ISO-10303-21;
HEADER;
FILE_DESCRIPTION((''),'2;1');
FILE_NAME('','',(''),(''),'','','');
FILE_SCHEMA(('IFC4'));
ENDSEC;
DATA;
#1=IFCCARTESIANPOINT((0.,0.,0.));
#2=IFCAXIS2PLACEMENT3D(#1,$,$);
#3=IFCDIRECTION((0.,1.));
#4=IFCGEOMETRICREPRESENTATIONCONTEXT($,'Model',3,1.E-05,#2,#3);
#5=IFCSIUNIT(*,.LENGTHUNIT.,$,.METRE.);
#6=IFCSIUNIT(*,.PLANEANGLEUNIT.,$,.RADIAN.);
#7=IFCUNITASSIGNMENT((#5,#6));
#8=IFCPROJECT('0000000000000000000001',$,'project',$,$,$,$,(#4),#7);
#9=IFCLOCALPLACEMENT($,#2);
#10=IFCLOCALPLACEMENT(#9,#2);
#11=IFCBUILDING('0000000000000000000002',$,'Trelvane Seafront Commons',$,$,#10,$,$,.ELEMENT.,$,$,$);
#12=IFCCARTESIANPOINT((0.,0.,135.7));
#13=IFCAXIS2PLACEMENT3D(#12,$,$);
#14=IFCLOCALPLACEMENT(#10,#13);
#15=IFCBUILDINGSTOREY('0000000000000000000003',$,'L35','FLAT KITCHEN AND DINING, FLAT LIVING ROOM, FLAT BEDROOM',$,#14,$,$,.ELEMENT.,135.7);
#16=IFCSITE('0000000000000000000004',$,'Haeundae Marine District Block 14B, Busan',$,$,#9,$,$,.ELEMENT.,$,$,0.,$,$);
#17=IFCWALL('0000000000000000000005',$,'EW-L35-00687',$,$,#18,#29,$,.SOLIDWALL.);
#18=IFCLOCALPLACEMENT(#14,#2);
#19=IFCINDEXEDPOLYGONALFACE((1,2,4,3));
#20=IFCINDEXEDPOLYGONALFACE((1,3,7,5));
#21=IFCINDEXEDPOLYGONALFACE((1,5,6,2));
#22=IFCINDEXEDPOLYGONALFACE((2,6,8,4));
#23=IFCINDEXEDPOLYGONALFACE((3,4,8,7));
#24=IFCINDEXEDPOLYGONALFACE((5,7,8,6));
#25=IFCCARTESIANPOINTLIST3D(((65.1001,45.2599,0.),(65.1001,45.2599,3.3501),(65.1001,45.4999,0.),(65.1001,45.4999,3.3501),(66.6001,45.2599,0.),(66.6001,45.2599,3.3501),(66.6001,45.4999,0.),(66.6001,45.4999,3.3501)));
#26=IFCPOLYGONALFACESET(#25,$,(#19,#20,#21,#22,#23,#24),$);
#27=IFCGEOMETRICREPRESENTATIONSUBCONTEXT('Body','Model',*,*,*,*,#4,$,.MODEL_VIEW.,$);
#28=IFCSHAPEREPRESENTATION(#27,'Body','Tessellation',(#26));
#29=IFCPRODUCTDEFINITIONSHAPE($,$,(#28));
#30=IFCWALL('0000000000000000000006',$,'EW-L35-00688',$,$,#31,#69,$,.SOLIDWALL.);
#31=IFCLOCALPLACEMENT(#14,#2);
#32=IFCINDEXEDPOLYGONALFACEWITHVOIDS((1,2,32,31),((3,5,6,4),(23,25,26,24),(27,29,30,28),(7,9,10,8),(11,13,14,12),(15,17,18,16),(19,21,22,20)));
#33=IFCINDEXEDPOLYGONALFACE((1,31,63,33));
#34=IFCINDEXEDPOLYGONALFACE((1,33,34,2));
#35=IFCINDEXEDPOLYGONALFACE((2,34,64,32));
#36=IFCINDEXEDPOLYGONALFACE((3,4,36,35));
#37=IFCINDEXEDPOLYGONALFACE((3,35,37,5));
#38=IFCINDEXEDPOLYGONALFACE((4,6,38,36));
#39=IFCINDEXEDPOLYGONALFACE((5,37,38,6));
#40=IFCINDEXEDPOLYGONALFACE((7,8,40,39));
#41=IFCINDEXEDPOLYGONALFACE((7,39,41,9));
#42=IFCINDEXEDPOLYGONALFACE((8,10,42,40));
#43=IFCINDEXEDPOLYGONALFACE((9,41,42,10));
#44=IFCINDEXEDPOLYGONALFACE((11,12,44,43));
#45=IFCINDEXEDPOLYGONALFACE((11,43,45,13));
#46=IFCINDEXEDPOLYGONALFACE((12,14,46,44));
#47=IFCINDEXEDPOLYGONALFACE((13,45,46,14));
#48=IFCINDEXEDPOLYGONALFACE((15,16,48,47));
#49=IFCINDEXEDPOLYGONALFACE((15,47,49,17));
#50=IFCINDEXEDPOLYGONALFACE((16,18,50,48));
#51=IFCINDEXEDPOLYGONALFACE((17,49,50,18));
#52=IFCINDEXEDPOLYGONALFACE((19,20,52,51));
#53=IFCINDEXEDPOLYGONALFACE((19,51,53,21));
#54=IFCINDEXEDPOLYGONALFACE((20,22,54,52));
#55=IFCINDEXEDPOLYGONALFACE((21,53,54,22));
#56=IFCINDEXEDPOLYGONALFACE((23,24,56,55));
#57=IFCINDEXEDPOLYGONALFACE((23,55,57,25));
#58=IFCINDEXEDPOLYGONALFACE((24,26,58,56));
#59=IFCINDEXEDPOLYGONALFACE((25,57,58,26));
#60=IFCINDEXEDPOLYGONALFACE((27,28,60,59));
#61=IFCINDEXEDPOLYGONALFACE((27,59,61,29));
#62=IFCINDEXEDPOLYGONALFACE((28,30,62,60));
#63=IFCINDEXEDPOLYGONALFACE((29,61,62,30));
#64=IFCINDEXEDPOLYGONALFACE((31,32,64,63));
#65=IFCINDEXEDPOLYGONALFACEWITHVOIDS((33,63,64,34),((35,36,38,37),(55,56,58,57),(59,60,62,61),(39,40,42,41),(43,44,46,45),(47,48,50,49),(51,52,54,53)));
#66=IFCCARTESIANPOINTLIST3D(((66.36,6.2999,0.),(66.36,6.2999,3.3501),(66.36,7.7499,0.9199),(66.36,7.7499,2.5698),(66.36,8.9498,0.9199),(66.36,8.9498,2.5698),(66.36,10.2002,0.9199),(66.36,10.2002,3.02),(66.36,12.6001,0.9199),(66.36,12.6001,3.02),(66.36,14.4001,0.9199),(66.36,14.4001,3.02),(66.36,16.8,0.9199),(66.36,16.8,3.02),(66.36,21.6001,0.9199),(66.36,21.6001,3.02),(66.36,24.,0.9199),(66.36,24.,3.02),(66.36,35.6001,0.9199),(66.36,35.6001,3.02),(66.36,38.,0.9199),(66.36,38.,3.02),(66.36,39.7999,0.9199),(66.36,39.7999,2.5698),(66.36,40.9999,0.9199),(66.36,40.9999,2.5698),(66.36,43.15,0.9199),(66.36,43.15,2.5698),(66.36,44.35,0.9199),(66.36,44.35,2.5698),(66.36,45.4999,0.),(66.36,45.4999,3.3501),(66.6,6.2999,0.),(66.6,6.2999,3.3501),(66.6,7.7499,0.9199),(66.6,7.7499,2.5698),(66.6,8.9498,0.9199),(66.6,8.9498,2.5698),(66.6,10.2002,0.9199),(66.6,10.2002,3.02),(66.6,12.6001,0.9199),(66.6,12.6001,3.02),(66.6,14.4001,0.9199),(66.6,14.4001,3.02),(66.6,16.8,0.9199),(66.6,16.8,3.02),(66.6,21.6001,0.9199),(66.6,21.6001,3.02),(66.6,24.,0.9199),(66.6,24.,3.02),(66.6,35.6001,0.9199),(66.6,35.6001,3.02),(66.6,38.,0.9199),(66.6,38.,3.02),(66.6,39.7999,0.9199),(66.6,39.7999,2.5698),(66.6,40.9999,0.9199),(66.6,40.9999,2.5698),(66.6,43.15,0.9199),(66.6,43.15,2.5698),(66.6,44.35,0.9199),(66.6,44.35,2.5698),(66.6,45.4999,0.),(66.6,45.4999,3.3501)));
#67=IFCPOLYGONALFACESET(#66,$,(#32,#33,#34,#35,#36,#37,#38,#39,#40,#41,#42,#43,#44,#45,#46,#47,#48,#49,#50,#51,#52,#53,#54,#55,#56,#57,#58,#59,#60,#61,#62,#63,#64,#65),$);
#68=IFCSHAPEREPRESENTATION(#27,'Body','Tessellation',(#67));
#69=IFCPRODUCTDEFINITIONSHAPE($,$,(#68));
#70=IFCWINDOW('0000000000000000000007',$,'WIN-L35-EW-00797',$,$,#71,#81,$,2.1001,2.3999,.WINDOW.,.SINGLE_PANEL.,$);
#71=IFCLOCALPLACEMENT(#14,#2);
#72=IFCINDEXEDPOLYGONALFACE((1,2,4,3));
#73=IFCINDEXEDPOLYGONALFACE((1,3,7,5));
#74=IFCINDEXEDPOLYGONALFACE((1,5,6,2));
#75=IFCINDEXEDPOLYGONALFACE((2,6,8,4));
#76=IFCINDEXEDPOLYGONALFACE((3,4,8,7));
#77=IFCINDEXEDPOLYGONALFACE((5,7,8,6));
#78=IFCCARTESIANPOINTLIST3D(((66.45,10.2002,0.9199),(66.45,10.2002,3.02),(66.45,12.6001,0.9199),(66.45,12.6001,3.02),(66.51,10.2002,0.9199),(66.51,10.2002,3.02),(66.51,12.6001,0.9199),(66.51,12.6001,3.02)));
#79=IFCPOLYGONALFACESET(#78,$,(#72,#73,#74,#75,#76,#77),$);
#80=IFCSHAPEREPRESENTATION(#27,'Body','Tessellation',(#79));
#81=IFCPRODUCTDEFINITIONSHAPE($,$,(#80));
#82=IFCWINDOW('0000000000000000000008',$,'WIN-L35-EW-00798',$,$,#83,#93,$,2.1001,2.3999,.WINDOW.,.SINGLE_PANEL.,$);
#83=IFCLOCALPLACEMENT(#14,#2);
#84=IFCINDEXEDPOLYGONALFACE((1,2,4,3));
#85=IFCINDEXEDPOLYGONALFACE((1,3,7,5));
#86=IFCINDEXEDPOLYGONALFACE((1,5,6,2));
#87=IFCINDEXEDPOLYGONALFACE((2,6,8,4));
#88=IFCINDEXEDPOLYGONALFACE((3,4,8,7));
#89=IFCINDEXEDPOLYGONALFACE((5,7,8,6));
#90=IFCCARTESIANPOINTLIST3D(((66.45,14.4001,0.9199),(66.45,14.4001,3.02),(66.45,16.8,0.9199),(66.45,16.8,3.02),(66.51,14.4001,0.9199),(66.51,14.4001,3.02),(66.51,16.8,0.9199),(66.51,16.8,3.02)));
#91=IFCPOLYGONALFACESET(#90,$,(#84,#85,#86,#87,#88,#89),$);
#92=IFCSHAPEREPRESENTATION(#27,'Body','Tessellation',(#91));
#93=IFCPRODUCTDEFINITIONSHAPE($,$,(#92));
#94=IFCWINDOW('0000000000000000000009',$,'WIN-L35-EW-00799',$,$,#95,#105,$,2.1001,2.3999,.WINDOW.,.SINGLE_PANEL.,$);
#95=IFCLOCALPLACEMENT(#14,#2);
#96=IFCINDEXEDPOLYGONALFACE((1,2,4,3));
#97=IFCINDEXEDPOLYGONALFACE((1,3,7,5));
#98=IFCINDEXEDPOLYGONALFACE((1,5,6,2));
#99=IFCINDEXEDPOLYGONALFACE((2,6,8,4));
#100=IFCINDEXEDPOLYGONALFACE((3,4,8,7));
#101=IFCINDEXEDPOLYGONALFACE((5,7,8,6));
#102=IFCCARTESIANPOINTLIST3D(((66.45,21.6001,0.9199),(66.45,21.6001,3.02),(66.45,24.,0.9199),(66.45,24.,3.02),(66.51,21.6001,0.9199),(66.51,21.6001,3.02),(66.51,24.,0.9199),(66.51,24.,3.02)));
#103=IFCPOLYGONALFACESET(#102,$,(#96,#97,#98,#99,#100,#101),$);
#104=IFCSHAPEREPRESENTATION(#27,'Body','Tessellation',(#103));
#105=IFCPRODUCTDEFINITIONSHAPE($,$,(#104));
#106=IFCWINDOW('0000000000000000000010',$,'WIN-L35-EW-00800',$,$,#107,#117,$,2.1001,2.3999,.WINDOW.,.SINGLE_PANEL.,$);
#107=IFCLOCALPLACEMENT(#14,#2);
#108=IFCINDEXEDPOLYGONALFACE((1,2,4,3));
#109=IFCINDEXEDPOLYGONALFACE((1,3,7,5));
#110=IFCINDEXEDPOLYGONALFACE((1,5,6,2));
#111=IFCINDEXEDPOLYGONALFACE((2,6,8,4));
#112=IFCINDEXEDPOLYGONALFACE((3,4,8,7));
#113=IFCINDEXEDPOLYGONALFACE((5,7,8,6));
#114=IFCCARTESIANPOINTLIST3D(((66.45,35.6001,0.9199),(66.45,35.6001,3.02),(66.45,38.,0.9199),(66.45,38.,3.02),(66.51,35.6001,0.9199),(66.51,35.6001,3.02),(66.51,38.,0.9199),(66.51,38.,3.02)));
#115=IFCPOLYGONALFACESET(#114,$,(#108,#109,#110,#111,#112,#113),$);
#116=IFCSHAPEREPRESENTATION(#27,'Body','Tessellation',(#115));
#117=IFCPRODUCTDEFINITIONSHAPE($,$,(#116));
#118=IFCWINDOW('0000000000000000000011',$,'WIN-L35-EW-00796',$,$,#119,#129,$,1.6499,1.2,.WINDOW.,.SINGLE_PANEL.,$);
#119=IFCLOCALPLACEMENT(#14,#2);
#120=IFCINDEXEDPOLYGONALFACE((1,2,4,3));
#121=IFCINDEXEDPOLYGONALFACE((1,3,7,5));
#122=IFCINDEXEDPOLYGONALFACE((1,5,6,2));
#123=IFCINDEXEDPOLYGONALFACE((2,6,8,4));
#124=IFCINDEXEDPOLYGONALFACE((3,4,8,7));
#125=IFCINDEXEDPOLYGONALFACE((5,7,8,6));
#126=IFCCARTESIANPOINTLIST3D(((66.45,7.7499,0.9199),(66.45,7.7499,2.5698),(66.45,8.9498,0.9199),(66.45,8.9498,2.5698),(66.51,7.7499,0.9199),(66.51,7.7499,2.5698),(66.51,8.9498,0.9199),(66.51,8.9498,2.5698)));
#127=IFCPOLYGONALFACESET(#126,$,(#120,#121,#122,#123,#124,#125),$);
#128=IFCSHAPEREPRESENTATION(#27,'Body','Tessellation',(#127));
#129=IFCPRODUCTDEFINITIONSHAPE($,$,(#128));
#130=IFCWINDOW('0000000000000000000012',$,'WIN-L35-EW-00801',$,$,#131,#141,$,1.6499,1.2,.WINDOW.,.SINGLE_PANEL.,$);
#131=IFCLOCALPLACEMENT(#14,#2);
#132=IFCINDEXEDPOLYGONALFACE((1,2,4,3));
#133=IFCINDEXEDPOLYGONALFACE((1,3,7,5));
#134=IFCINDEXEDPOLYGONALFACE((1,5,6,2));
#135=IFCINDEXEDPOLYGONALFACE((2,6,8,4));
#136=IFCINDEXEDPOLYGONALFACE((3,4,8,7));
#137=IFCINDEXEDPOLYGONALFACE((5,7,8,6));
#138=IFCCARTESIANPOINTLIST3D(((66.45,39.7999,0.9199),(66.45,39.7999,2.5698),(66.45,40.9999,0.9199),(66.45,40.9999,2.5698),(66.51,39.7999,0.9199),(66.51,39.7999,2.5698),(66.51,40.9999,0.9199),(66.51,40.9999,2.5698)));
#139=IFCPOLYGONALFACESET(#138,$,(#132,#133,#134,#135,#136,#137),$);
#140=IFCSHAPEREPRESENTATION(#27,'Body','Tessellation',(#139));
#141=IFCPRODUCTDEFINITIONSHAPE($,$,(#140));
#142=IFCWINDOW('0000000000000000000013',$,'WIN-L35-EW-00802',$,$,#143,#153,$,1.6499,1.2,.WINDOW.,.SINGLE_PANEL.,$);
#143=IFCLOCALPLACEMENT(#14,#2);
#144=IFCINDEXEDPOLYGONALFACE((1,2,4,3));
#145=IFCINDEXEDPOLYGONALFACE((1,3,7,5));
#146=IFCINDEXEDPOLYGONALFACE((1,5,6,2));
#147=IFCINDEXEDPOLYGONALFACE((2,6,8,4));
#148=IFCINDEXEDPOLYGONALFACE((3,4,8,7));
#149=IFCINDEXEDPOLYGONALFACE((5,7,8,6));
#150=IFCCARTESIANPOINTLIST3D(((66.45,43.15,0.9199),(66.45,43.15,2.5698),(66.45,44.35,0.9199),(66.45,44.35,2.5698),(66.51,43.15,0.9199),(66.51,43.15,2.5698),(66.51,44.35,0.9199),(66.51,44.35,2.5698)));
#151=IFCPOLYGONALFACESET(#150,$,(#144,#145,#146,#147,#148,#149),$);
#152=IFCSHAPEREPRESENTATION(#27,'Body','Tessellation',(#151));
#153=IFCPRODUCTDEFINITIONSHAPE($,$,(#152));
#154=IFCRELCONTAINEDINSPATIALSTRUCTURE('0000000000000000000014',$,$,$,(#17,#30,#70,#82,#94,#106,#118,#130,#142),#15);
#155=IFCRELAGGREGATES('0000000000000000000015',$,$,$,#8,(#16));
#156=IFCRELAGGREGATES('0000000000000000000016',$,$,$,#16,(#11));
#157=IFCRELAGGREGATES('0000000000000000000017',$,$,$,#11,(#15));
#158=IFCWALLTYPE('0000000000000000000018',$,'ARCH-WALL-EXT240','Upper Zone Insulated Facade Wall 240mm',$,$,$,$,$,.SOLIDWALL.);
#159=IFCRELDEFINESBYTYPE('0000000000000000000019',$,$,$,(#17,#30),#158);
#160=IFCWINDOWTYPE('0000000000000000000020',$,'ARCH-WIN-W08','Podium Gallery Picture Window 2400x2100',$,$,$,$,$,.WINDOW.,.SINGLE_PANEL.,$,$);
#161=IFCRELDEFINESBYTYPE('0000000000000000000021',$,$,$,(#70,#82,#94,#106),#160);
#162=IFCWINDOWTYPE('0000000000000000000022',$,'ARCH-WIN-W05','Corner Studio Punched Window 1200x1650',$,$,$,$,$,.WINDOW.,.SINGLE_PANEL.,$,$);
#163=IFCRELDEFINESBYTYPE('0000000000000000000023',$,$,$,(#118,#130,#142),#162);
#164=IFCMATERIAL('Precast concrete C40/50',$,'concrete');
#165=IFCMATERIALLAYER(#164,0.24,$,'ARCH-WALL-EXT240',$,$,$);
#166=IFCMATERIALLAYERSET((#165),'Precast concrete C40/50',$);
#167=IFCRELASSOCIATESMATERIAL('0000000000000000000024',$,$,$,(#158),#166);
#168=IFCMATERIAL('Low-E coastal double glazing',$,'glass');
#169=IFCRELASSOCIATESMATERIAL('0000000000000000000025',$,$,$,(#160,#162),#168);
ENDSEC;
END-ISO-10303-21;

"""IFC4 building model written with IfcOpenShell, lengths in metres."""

from ifc_helpers import new_model, si_unit, direction, frame, frame_2d, origin, place, context, subcontext, project, spatial, rectangle, extrude, source, transform, mapped, material, layer, layer_set, type_object, element, fill, save


model = new_model("IFC4")

# Units and contexts
model_context = context("Model", 3, precision=1e-05, world=origin(), true_north=direction((0.0, 1.0)))
body_context = subcontext(model_context, "Body", "Model", "MODEL_VIEW")
ifc_project = project(units=[si_unit("LENGTHUNIT", "METRE"), si_unit("PLANEANGLEUNIT", "RADIAN")], contexts=[model_context])

# Site, building, storey
site_placement = place(None, origin())
site = spatial("IfcSite", under=ifc_project, at=site_placement, Name="Haeundae Marine District Block 14B, Busan", CompositionType="ELEMENT", RefElevation=0.0)
building_placement = place(site_placement, origin())
building = spatial("IfcBuilding", under=site, at=building_placement, Name="Trelvane Seafront Commons", CompositionType="ELEMENT")
storey_placement = place(building_placement, frame((0.0, 0.0, 135.7)))
storey = spatial("IfcBuildingStorey", under=building, at=storey_placement, Name="L35", Description="FLAT KITCHEN AND DINING, FLAT LIVING ROOM, FLAT BEDROOM", CompositionType="ELEMENT", Elevation=135.7)

# Shared definitions
ifc_material_1 = material(Name="Low-E coastal double glazing", Category="glass")

# Shared definitions
ifc_material_2 = material(Name="Precast concrete C40/50", Category="concrete")
ifc_layer_1 = layer(ifc_material_2, 0.24, Name="ARCH-WALL-EXT240")
ifc_layer_set_1 = layer_set([ifc_layer_1], Name="Precast concrete C40/50")
wall_type = type_object("IfcWallType", Name="ARCH-WALL-EXT240", Description="Upper Zone Insulated Facade Wall 240mm", PredefinedType="SOLIDWALL", material=ifc_layer_set_1)

# Wall
for number, where, z_axis, x_axis, name in (
    (1, (65.1001, 45.3799, 0.0), (0.0, 0.0, 1.0), (1.0, 0.0, 0.0), "EW-L35-00687"),
):
    element("IfcWall", number, at=place(storey_placement, frame(where, z_axis=z_axis, x_axis=x_axis)), inside=storey, type_object=wall_type, Name=name, PredefinedType="SOLIDWALL", context=body_context, shape_type="SweptSolid", body=[
        extrude(rectangle(XDim=1.5, YDim=0.24, at=frame_2d((0.75, 0.0))), origin(), (0.0, 0.0, 1.0), 3.3501),
    ])

# Wall, openings, windows
wall_1_placement = place(storey_placement, frame((66.48, 45.5, 0.0), z_axis=(0.0, 0.0, 1.0), x_axis=(0.0, -1.0, 0.0)))
wall_1 = element("IfcWall", 2, at=wall_1_placement, inside=storey, type_object=wall_type, Name="EW-L35-00688", PredefinedType="SOLIDWALL", context=body_context, shape_type="SweptSolid", body=[
    extrude(rectangle(XDim=39.2, YDim=0.24, at=frame_2d((19.6001, 0.0))), origin(), (0.0, 0.0, 1.0), 3.3501),
])
opening_1_placement = place(wall_1_placement, frame((36.55, 0.0, 0.9199)))
opening_1 = element("IfcOpeningElement", 3, at=opening_1_placement, cuts=wall_1, PredefinedType="OPENING", context=body_context, shape_type="SweptSolid", body=[
    extrude(rectangle(XDim=1.2, YDim=1.6499, at=frame_2d((0.6001, 0.825))), frame((0.0, 0.1299, 0.0), z_axis=(0.0, -1.0, 0.0), x_axis=(1.0, 0.0, 0.0)), (0.0, 0.0, 1.0), 0.26),
])
opening_2_placement = place(wall_1_placement, frame((32.8999, 0.0, 0.9199)))
opening_2 = element("IfcOpeningElement", 4, at=opening_2_placement, cuts=wall_1, PredefinedType="OPENING", context=body_context, shape_type="SweptSolid", body=[
    extrude(rectangle(XDim=2.3999, YDim=2.1001, at=frame_2d((1.2, 1.05))), frame((0.0, 0.1299, 0.0), z_axis=(0.0, -1.0, 0.0), x_axis=(1.0, 0.0, 0.0)), (0.0, 0.0, 1.0), 0.26),
])
opening_3_placement = place(wall_1_placement, frame((28.7, 0.0, 0.9199)))
opening_3 = element("IfcOpeningElement", 5, at=opening_3_placement, cuts=wall_1, PredefinedType="OPENING", context=body_context, shape_type="SweptSolid", body=[
    extrude(rectangle(XDim=2.3999, YDim=2.1001, at=frame_2d((1.2, 1.05))), frame((0.0, 0.1299, 0.0), z_axis=(0.0, -1.0, 0.0), x_axis=(1.0, 0.0, 0.0)), (0.0, 0.0, 1.0), 0.26),
])
opening_4_placement = place(wall_1_placement, frame((21.5, 0.0, 0.9199)))
opening_4 = element("IfcOpeningElement", 6, at=opening_4_placement, cuts=wall_1, PredefinedType="OPENING", context=body_context, shape_type="SweptSolid", body=[
    extrude(rectangle(XDim=2.3999, YDim=2.1001, at=frame_2d((1.2, 1.05))), frame((0.0, 0.1299, 0.0), z_axis=(0.0, -1.0, 0.0), x_axis=(1.0, 0.0, 0.0)), (0.0, 0.0, 1.0), 0.26),
])
opening_5_placement = place(wall_1_placement, frame((7.5, 0.0, 0.9199)))
opening_5 = element("IfcOpeningElement", 7, at=opening_5_placement, cuts=wall_1, PredefinedType="OPENING", context=body_context, shape_type="SweptSolid", body=[
    extrude(rectangle(XDim=2.3999, YDim=2.1001, at=frame_2d((1.2, 1.05))), frame((0.0, 0.1299, 0.0), z_axis=(0.0, -1.0, 0.0), x_axis=(1.0, 0.0, 0.0)), (0.0, 0.0, 1.0), 0.26),
])
opening_6_placement = place(wall_1_placement, frame((4.5, 0.0, 0.9199)))
opening_6 = element("IfcOpeningElement", 8, at=opening_6_placement, cuts=wall_1, PredefinedType="OPENING", context=body_context, shape_type="SweptSolid", body=[
    extrude(rectangle(XDim=1.2, YDim=1.6499, at=frame_2d((0.6001, 0.825))), frame((0.0, 0.1299, 0.0), z_axis=(0.0, -1.0, 0.0), x_axis=(1.0, 0.0, 0.0)), (0.0, 0.0, 1.0), 0.26),
])
opening_7_placement = place(wall_1_placement, frame((1.1499, 0.0, 0.9199)))
opening_7 = element("IfcOpeningElement", 9, at=opening_7_placement, cuts=wall_1, PredefinedType="OPENING", context=body_context, shape_type="SweptSolid", body=[
    extrude(rectangle(XDim=1.2, YDim=1.6499, at=frame_2d((0.6001, 0.825))), frame((0.0, 0.1299, 0.0), z_axis=(0.0, -1.0, 0.0), x_axis=(1.0, 0.0, 0.0)), (0.0, 0.0, 1.0), 0.26),
])
window_type_1 = type_object("IfcWindowType", Name="ARCH-WIN-W08", Description="Podium Gallery Picture Window 2400x2100", PartitioningType="SINGLE_PANEL", PredefinedType="WINDOW", material=ifc_material_1)
shared_shape_1 = source(origin(), body_context, "Body", "SweptSolid", [
    extrude(rectangle(XDim=2.3999, YDim=2.1001, at=frame_2d((1.2, 1.05))), frame((0.0, 0.03, 0.0), z_axis=(0.0, -1.0, 0.0), x_axis=(1.0, 0.0, 0.0)), (0.0, 0.0, 1.0), 0.0601),
])
window_1_placement = place(opening_2_placement, origin())
window_1 = element("IfcWindow", 10, at=window_1_placement, inside=storey, type_object=window_type_1, Name="WIN-L35-EW-00797", OverallHeight=2.1001, OverallWidth=2.3999, PartitioningType="SINGLE_PANEL", PredefinedType="WINDOW", context=body_context, shape_type="MappedRepresentation", body=[
    mapped(shared_shape_1, transform((0.0, 0.0, 0.0), x_axis=(1.0, 0.0, 0.0), y_axis=(0.0, 1.0, 0.0), z_axis=(0.0, 0.0, 1.0), scale=1.0)),
])
fill(opening_2, window_1)
window_2_placement = place(opening_3_placement, origin())
window_2 = element("IfcWindow", 11, at=window_2_placement, inside=storey, type_object=window_type_1, Name="WIN-L35-EW-00798", OverallHeight=2.1001, OverallWidth=2.3999, PartitioningType="SINGLE_PANEL", PredefinedType="WINDOW", context=body_context, shape_type="MappedRepresentation", body=[
    mapped(shared_shape_1, transform((0.0, 0.0, 0.0), x_axis=(1.0, 0.0, 0.0), y_axis=(0.0, 1.0, 0.0), z_axis=(0.0, 0.0, 1.0), scale=1.0)),
])
fill(opening_3, window_2)
window_3_placement = place(opening_4_placement, origin())
window_3 = element("IfcWindow", 12, at=window_3_placement, inside=storey, type_object=window_type_1, Name="WIN-L35-EW-00799", OverallHeight=2.1001, OverallWidth=2.3999, PartitioningType="SINGLE_PANEL", PredefinedType="WINDOW", context=body_context, shape_type="MappedRepresentation", body=[
    mapped(shared_shape_1, transform((0.0, 0.0, 0.0), x_axis=(1.0, 0.0, 0.0), y_axis=(0.0, 1.0, 0.0), z_axis=(0.0, 0.0, 1.0), scale=1.0)),
])
fill(opening_4, window_3)
window_4_placement = place(opening_5_placement, origin())
window_4 = element("IfcWindow", 13, at=window_4_placement, inside=storey, type_object=window_type_1, Name="WIN-L35-EW-00800", OverallHeight=2.1001, OverallWidth=2.3999, PartitioningType="SINGLE_PANEL", PredefinedType="WINDOW", context=body_context, shape_type="MappedRepresentation", body=[
    mapped(shared_shape_1, transform((0.0, 0.0, 0.0), x_axis=(1.0, 0.0, 0.0), y_axis=(0.0, 1.0, 0.0), z_axis=(0.0, 0.0, 1.0), scale=1.0)),
])
fill(opening_5, window_4)
window_type_2 = type_object("IfcWindowType", Name="ARCH-WIN-W05", Description="Corner Studio Punched Window 1200x1650", PartitioningType="SINGLE_PANEL", PredefinedType="WINDOW", material=ifc_material_1)
shared_shape_2 = source(origin(), body_context, "Body", "SweptSolid", [
    extrude(rectangle(XDim=1.2, YDim=1.6499, at=frame_2d((0.6001, 0.825))), frame((0.0, 0.03, 0.0), z_axis=(0.0, -1.0, 0.0), x_axis=(1.0, 0.0, 0.0)), (0.0, 0.0, 1.0), 0.0601),
])
window_5_placement = place(opening_1_placement, origin())
window_5 = element("IfcWindow", 14, at=window_5_placement, inside=storey, type_object=window_type_2, Name="WIN-L35-EW-00796", OverallHeight=1.6499, OverallWidth=1.2, PartitioningType="SINGLE_PANEL", PredefinedType="WINDOW", context=body_context, shape_type="MappedRepresentation", body=[
    mapped(shared_shape_2, transform((0.0, 0.0, 0.0), x_axis=(1.0, 0.0, 0.0), y_axis=(0.0, 1.0, 0.0), z_axis=(0.0, 0.0, 1.0), scale=1.0)),
])
fill(opening_1, window_5)
window_6_placement = place(opening_6_placement, origin())
window_6 = element("IfcWindow", 15, at=window_6_placement, inside=storey, type_object=window_type_2, Name="WIN-L35-EW-00801", OverallHeight=1.6499, OverallWidth=1.2, PartitioningType="SINGLE_PANEL", PredefinedType="WINDOW", context=body_context, shape_type="MappedRepresentation", body=[
    mapped(shared_shape_2, transform((0.0, 0.0, 0.0), x_axis=(1.0, 0.0, 0.0), y_axis=(0.0, 1.0, 0.0), z_axis=(0.0, 0.0, 1.0), scale=1.0)),
])
fill(opening_6, window_6)
window_7_placement = place(opening_7_placement, origin())
window_7 = element("IfcWindow", 16, at=window_7_placement, inside=storey, type_object=window_type_2, Name="WIN-L35-EW-00802", OverallHeight=1.6499, OverallWidth=1.2, PartitioningType="SINGLE_PANEL", PredefinedType="WINDOW", context=body_context, shape_type="MappedRepresentation", body=[
    mapped(shared_shape_2, transform((0.0, 0.0, 0.0), x_axis=(1.0, 0.0, 0.0), y_axis=(0.0, 1.0, 0.0), z_axis=(0.0, 0.0, 1.0), scale=1.0)),
])
fill(opening_7, window_7)

save(model, "model.ifc")
